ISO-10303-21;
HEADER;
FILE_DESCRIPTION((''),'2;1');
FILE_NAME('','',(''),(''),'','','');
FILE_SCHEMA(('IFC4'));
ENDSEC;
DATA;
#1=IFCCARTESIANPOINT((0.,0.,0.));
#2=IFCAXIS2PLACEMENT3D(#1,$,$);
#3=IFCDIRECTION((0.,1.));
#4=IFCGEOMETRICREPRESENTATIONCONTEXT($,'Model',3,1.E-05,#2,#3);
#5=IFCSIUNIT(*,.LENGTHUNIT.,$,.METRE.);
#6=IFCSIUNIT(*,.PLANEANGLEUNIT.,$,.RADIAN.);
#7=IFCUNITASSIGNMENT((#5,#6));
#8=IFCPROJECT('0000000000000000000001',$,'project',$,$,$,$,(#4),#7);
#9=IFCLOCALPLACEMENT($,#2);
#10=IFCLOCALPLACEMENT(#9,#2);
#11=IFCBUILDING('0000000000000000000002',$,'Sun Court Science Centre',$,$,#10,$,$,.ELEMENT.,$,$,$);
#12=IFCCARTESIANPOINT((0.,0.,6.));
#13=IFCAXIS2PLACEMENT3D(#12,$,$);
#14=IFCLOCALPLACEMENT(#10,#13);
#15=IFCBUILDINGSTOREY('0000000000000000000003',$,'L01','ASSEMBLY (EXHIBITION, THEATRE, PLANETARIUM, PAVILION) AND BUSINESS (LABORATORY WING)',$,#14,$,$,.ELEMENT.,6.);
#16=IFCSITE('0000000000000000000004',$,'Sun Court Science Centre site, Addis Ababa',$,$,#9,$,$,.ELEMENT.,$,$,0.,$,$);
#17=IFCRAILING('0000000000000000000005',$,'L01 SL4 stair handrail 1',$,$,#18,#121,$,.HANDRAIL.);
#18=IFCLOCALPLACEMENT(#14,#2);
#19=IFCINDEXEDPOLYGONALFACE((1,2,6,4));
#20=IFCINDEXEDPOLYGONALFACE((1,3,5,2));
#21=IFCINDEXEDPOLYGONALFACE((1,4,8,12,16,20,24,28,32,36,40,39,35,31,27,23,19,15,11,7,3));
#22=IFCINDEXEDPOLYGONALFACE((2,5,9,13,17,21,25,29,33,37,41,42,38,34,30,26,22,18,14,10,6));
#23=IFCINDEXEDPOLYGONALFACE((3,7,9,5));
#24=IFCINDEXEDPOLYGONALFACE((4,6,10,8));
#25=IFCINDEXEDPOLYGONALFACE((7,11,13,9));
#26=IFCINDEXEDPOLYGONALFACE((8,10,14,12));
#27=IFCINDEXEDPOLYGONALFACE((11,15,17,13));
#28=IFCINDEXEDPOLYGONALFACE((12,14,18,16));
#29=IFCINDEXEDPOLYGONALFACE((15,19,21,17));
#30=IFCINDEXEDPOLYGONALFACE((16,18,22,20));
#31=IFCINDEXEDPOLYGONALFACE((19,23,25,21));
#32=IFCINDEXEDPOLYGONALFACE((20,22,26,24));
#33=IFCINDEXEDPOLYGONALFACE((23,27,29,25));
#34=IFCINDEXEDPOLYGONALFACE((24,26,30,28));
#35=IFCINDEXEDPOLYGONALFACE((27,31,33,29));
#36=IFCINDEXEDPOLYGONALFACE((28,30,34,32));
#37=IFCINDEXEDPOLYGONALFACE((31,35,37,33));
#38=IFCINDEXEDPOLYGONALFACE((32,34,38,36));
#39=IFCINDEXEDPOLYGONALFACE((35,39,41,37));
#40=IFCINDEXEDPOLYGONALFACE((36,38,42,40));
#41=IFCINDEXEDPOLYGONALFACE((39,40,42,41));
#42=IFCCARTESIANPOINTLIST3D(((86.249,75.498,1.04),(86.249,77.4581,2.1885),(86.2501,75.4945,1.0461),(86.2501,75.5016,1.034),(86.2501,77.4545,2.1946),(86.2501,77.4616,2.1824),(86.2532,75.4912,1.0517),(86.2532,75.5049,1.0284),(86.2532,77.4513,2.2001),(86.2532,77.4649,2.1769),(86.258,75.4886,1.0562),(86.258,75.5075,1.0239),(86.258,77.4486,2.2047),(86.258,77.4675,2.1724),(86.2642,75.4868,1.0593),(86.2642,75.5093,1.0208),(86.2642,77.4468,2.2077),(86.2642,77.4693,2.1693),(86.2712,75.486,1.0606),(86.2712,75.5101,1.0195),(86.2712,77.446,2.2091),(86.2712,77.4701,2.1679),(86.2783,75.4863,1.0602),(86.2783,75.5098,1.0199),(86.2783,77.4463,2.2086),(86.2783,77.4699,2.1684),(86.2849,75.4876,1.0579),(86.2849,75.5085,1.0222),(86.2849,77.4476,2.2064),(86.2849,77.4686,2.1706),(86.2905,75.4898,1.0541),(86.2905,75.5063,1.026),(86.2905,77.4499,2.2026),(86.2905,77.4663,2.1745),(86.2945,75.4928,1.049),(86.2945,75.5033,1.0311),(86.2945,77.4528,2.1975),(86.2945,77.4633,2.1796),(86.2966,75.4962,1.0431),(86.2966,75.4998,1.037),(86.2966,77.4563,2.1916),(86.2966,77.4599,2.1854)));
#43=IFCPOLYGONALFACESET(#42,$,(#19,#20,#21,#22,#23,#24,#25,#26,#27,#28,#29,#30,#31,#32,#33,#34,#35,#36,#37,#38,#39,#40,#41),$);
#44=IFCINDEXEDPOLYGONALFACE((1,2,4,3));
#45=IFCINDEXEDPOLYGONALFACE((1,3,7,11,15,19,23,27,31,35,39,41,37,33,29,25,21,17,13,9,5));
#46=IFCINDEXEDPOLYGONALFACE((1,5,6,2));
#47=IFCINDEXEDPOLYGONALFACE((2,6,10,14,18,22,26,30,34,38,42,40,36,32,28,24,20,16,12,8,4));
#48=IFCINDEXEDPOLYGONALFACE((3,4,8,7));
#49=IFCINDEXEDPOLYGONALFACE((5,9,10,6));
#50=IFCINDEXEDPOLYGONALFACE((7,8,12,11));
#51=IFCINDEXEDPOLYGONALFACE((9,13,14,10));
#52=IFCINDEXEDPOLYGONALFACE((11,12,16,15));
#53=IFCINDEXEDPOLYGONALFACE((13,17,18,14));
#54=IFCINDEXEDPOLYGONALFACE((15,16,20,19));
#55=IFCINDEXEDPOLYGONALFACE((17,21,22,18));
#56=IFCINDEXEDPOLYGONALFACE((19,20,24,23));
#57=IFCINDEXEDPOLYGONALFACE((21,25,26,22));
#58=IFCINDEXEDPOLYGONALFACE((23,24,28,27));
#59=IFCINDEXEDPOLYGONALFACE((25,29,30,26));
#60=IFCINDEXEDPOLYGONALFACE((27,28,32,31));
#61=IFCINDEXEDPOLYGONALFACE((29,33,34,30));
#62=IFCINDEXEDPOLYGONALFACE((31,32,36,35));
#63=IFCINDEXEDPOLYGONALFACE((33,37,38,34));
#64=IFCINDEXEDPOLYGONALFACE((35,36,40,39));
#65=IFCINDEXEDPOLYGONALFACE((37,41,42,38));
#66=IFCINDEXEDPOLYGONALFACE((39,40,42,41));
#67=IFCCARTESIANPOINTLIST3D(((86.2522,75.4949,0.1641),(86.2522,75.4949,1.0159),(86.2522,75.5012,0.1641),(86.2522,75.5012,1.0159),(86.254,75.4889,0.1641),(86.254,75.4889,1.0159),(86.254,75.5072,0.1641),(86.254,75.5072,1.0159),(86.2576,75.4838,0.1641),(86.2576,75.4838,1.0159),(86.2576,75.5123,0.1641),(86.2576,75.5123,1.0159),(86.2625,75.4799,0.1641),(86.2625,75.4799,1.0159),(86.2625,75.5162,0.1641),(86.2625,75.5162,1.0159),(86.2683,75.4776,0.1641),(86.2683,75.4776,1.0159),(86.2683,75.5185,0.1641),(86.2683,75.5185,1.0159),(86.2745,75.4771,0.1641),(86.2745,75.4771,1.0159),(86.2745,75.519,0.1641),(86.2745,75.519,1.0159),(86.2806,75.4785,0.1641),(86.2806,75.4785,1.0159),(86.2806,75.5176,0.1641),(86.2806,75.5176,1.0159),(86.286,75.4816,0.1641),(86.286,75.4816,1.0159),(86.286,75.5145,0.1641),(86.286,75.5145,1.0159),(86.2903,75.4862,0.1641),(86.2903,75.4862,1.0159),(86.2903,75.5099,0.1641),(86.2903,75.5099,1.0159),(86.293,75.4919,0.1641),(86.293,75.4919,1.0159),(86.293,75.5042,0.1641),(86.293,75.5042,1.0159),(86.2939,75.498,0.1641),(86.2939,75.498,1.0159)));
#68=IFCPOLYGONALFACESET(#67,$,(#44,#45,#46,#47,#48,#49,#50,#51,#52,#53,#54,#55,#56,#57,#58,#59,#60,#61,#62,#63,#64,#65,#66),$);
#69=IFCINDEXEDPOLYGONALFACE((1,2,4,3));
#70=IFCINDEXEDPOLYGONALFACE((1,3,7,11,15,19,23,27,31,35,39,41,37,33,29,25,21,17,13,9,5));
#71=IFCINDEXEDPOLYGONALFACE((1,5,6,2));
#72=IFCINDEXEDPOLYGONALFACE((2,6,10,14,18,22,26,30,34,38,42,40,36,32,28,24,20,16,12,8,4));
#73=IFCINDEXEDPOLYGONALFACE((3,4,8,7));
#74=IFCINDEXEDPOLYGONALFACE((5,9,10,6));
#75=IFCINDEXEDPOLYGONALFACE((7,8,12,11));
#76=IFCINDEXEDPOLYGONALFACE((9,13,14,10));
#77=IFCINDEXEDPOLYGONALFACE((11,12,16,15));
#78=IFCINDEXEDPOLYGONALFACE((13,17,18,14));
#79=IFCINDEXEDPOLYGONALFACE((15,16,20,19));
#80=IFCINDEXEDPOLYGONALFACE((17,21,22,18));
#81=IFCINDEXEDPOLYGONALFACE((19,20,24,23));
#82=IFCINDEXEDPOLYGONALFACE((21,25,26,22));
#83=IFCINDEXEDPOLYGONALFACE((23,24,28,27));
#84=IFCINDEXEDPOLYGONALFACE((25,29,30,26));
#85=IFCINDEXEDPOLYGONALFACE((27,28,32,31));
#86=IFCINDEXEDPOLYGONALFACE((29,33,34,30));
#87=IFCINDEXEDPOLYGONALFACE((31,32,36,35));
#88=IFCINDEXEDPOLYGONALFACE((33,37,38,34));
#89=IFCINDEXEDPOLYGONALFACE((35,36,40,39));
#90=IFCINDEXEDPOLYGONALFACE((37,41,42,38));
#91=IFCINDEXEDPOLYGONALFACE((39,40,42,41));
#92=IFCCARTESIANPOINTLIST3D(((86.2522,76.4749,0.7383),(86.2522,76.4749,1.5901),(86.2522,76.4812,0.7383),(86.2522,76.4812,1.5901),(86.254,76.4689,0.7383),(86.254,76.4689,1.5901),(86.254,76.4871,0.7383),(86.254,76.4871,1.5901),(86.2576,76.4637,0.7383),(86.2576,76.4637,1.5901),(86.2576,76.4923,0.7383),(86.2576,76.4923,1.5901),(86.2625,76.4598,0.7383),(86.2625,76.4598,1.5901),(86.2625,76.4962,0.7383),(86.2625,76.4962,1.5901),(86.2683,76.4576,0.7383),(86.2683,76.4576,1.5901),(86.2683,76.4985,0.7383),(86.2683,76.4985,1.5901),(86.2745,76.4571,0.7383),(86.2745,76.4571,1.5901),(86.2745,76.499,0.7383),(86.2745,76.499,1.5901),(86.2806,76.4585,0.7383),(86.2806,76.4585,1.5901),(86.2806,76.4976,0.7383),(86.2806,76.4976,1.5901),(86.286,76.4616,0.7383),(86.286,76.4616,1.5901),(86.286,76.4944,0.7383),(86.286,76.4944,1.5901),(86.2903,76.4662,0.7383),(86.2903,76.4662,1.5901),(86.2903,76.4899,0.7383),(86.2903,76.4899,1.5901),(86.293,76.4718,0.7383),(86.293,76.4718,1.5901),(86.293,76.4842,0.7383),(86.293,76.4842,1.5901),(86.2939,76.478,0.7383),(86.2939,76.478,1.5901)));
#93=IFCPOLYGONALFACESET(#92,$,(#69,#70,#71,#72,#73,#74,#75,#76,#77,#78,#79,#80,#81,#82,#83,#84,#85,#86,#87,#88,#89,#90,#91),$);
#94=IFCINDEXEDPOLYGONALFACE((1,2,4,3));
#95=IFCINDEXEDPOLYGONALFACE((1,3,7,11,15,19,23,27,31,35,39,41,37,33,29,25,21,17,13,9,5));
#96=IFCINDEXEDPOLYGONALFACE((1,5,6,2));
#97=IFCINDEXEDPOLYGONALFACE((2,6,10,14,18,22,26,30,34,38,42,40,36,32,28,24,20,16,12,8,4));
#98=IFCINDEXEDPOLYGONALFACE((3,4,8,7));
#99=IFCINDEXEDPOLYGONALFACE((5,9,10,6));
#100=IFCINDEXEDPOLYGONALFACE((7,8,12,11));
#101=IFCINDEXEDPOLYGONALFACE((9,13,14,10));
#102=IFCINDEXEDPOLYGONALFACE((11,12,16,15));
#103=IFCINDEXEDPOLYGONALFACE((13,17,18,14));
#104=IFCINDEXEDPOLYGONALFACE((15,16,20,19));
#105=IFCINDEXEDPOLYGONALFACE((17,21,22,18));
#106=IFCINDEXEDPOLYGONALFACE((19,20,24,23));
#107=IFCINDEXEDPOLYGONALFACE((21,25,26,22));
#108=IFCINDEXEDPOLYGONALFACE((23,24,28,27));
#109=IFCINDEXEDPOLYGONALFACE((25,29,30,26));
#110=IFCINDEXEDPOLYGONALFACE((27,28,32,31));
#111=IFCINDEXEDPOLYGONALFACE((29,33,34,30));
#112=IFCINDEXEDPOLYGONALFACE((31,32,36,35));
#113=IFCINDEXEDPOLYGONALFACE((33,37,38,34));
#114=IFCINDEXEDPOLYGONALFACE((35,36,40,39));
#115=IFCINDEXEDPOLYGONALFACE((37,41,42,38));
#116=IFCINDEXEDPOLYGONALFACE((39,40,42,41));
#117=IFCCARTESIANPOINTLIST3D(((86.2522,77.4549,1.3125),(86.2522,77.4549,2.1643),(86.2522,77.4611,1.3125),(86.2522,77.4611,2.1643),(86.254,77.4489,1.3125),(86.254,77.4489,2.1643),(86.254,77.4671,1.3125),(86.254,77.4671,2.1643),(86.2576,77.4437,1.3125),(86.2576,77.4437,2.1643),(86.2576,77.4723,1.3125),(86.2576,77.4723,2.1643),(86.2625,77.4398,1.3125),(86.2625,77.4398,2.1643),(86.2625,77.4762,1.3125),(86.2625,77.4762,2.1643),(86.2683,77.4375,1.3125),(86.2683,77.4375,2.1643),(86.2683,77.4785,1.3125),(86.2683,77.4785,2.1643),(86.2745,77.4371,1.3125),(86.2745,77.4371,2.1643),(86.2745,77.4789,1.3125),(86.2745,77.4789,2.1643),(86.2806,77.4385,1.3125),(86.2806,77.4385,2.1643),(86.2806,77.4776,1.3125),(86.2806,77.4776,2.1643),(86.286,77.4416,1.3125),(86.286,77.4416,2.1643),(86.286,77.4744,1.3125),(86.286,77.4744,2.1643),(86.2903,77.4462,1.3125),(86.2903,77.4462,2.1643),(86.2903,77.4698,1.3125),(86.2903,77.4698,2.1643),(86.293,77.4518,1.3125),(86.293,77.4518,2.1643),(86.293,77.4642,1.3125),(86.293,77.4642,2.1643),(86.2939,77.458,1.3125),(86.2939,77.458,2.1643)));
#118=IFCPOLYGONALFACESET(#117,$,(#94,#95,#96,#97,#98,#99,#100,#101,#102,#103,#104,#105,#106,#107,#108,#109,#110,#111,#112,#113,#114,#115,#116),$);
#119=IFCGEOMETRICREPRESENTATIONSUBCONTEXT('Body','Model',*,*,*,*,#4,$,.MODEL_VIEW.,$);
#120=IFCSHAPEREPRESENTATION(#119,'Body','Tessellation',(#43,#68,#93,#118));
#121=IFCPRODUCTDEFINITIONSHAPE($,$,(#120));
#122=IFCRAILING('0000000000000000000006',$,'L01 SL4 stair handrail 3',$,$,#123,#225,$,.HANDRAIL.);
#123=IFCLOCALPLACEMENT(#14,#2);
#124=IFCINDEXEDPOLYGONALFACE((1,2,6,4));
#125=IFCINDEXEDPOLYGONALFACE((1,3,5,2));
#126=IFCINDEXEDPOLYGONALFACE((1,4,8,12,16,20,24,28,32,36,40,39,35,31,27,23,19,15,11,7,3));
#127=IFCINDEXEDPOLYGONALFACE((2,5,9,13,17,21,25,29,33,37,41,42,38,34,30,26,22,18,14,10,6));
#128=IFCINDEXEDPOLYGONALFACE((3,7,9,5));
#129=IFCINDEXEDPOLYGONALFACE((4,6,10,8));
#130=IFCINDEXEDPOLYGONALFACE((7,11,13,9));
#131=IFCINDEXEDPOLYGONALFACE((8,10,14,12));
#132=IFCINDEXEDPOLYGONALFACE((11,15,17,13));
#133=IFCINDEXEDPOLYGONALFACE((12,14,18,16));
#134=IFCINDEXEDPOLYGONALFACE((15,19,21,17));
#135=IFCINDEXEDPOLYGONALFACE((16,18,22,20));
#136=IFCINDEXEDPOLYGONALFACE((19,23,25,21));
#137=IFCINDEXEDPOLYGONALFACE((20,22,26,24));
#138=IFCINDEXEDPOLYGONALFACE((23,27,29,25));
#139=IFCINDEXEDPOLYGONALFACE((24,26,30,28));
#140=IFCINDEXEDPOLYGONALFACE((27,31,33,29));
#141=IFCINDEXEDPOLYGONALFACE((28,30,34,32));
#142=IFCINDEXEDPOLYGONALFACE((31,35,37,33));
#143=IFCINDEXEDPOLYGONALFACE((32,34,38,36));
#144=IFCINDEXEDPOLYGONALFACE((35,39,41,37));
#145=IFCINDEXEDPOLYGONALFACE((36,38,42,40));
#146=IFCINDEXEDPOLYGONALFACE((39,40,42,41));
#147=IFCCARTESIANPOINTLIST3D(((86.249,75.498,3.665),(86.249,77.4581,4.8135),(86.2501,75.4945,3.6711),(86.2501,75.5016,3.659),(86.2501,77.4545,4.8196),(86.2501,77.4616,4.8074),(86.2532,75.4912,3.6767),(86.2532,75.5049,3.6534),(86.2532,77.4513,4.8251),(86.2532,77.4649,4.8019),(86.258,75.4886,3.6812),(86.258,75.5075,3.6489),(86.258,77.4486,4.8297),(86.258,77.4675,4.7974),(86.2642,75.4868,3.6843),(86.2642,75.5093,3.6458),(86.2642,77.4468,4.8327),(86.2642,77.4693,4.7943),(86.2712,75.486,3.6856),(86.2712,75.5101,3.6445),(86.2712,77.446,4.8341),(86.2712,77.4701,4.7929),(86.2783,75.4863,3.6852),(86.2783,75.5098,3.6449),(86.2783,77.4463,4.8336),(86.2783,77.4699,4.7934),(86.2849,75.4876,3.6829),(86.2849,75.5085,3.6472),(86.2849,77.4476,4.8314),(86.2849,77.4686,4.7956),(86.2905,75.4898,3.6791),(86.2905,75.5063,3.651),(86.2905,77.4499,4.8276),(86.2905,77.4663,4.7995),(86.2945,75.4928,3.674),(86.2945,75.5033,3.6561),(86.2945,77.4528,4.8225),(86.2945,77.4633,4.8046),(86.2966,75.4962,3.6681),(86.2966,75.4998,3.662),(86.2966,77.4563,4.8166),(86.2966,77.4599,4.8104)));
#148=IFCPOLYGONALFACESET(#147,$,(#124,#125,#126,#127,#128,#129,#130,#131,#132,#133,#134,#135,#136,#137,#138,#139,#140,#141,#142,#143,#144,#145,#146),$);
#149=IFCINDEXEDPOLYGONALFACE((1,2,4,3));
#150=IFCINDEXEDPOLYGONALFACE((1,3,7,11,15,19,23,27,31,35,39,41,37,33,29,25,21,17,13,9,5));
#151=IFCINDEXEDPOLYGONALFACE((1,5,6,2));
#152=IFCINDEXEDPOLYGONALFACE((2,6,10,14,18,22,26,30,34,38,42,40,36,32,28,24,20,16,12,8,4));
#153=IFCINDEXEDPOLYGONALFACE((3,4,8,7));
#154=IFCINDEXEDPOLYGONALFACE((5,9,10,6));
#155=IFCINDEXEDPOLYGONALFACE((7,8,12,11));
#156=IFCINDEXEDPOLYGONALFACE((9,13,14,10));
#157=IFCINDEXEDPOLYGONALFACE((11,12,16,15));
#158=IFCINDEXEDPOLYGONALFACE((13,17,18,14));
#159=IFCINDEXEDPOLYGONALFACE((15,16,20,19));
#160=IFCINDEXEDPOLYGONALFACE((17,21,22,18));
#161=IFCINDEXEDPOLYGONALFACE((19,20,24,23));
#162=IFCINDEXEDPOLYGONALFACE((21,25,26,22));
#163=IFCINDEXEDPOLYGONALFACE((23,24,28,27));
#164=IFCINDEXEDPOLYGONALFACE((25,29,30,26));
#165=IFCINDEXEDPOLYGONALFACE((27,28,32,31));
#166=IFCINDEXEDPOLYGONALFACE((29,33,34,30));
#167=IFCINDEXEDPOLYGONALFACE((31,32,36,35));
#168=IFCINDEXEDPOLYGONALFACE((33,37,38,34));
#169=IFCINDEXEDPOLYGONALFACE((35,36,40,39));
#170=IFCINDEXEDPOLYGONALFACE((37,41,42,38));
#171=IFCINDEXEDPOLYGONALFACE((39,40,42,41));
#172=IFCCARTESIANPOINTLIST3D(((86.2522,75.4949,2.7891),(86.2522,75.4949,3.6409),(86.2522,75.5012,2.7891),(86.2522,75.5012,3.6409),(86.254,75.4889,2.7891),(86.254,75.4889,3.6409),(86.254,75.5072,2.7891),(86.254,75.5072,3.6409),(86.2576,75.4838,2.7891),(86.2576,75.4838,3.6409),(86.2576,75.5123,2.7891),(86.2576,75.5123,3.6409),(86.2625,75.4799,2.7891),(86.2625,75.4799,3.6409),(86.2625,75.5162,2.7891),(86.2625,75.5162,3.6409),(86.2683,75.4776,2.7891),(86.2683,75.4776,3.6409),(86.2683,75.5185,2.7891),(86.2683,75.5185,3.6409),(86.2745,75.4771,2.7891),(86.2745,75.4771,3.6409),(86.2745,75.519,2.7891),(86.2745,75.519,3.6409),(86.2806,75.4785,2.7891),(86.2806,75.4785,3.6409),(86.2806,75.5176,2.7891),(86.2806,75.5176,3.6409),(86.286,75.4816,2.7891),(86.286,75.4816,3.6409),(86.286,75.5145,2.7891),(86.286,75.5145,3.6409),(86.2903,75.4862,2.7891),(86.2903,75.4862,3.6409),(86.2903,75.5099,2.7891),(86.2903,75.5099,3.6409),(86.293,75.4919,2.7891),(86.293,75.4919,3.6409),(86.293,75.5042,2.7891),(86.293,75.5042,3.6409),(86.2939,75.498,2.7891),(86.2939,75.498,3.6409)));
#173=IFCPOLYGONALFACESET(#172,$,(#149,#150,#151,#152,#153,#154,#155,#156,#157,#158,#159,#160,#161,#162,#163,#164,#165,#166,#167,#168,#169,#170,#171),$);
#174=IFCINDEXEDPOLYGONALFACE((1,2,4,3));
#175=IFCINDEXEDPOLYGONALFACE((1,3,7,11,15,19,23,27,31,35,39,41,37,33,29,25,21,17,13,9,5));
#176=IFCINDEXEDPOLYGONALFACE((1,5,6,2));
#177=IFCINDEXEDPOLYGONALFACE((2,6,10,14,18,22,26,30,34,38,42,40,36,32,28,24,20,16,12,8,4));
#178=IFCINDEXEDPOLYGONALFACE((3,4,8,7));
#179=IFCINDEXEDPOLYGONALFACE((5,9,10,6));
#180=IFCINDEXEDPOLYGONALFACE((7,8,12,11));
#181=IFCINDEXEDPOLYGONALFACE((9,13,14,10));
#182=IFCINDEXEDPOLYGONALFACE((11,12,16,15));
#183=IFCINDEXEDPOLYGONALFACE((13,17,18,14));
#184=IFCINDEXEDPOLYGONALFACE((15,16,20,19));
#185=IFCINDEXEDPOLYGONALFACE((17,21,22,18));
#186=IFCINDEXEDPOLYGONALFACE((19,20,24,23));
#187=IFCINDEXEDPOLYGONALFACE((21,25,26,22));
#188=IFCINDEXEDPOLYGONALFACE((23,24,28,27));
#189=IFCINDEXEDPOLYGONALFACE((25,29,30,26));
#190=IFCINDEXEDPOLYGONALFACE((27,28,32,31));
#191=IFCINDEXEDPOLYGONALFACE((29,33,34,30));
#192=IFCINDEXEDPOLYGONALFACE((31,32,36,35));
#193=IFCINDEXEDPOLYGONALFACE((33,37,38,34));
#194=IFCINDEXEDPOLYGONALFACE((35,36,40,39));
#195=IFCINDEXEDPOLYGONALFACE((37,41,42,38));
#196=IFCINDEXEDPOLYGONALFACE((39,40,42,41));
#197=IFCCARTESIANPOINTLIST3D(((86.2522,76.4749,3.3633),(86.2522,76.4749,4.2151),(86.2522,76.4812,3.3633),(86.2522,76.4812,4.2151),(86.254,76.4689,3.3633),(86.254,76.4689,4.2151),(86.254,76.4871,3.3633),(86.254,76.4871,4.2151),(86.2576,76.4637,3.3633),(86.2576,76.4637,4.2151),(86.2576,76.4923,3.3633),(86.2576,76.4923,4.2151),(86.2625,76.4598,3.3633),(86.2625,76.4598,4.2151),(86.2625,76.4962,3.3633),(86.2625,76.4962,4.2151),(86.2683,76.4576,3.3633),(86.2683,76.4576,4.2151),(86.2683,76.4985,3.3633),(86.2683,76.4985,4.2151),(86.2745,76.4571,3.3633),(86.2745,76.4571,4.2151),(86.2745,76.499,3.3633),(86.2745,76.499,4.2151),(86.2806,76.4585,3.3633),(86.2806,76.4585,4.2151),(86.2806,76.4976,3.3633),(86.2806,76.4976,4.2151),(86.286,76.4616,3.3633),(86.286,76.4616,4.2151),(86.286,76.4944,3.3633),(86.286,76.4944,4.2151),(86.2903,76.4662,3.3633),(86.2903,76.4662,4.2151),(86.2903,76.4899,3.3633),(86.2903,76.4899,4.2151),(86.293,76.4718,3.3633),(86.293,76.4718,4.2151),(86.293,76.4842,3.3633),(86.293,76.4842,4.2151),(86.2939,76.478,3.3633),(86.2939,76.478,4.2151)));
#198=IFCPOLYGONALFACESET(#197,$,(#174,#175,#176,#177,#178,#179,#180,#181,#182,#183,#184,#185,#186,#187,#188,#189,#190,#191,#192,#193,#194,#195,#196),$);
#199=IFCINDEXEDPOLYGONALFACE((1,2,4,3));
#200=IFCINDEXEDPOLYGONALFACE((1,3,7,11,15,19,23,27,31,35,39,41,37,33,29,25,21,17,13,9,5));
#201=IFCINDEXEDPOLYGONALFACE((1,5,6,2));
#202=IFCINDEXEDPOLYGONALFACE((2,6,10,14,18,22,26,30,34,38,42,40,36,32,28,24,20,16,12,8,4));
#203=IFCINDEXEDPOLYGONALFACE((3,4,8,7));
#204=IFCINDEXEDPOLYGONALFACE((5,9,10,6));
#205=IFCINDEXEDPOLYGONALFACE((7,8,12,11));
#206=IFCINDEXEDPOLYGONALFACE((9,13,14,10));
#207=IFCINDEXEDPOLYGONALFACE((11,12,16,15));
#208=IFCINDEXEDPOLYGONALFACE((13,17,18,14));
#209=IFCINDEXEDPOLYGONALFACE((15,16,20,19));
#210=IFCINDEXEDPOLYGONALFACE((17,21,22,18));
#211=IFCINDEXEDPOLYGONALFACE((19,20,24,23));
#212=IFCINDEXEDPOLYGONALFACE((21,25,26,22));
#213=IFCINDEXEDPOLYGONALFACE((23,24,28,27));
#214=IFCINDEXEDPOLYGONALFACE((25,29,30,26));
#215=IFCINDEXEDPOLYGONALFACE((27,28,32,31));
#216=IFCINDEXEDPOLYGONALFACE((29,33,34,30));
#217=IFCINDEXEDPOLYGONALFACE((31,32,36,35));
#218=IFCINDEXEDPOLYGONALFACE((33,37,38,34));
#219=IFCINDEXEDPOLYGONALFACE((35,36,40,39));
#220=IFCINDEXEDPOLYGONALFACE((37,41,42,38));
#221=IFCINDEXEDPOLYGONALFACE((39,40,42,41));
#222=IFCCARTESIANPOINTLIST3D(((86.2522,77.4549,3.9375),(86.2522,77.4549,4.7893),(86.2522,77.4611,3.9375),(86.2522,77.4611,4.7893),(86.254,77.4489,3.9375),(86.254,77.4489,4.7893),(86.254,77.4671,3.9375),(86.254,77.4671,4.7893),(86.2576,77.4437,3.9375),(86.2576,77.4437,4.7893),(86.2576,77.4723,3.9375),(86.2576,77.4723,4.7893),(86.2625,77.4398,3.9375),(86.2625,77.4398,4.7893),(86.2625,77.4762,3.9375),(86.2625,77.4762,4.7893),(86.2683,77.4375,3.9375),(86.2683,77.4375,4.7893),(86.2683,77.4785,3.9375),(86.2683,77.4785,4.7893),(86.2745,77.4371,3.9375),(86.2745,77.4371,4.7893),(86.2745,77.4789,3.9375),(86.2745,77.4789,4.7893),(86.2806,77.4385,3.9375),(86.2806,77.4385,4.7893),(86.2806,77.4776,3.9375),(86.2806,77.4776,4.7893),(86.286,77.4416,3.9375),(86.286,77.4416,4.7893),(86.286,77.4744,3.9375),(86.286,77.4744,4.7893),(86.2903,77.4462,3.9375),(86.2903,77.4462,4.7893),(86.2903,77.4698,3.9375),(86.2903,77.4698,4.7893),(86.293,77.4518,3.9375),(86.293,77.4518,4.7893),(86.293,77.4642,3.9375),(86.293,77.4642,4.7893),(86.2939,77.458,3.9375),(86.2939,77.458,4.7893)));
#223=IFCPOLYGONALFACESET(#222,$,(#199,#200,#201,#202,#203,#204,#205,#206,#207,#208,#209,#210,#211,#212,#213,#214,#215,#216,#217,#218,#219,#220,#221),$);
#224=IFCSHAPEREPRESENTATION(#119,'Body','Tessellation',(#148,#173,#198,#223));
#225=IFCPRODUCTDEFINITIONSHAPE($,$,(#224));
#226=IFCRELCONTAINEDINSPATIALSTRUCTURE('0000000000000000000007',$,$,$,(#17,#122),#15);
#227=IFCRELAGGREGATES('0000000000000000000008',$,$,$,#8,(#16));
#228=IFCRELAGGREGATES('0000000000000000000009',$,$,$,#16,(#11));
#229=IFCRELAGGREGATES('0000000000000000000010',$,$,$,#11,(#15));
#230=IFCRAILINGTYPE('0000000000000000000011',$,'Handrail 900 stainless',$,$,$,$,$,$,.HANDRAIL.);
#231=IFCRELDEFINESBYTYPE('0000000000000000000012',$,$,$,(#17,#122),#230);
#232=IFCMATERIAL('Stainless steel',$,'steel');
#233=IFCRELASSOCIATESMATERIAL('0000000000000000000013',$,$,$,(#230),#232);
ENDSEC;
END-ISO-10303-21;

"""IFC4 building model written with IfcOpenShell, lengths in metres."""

from ifc_helpers import new_model, si_unit, direction, frame, origin, origin_2d, place, context, subcontext, project, spatial, circle, extrude, material, type_object, element, save


model = new_model("IFC4")

# Units and contexts
model_context = context("Model", 3, precision=1e-05, world=origin(), true_north=direction((0.0, 1.0)))
body_context = subcontext(model_context, "Body", "Model", "MODEL_VIEW")
ifc_project = project(units=[si_unit("LENGTHUNIT", "METRE"), si_unit("PLANEANGLEUNIT", "RADIAN")], contexts=[model_context])

# Site, building, storey
site_placement = place(None, origin())
site = spatial("IfcSite", under=ifc_project, at=site_placement, Name="Sun Court Science Centre site, Addis Ababa", CompositionType="ELEMENT", RefElevation=0.0)
building_placement = place(site_placement, origin())
building = spatial("IfcBuilding", under=site, at=building_placement, Name="Sun Court Science Centre", CompositionType="ELEMENT")
storey_placement = place(building_placement, frame((0.0, 0.0, 6.0)))
storey = spatial("IfcBuildingStorey", under=building, at=storey_placement, Name="L01", Description="ASSEMBLY (EXHIBITION, THEATRE, PLANETARIUM, PAVILION) AND BUSINESS (LABORATORY WING)", CompositionType="ELEMENT", Elevation=6.0)

# Railings
ifc_material_1 = material(Name="Stainless steel", Category="steel")
railing_type_1 = type_object("IfcRailingType", Name="Handrail 900 stainless", PredefinedType="HANDRAIL", material=ifc_material_1)
for number, where, name in (
    (1, (86.2729, 75.498, 0.1641), "L01 SL4 stair handrail 1"),
    (2, (86.2729, 75.498, 2.7891), "L01 SL4 stair handrail 3"),
):
    element("IfcRailing", number, at=place(storey_placement, frame(where)), inside=storey, type_object=railing_type_1, Name=name, PredefinedType="HANDRAIL", context=body_context, shape_type="SweptSolid", body=[
        extrude(circle(Radius=0.0239, at=origin_2d()), frame((0.0, 0.0, 0.876), z_axis=(0.0, 0.862795, 0.505554), x_axis=(-1.0, 0.0, 0.0)), (0.0, 0.0, 1.0), 2.2717),
        extrude(circle(Radius=0.021, at=origin_2d()), origin(), (0.0, 0.0, 1.0), 0.8518),
        extrude(circle(Radius=0.021, at=origin_2d()), frame((0.0, 0.98, 0.5742)), (0.0, 0.0, 1.0), 0.8518),
        extrude(circle(Radius=0.021, at=origin_2d()), frame((0.0, 1.96, 1.1484)), (0.0, 0.0, 1.0), 0.8518),
    ])

save(model, "model.ifc")
